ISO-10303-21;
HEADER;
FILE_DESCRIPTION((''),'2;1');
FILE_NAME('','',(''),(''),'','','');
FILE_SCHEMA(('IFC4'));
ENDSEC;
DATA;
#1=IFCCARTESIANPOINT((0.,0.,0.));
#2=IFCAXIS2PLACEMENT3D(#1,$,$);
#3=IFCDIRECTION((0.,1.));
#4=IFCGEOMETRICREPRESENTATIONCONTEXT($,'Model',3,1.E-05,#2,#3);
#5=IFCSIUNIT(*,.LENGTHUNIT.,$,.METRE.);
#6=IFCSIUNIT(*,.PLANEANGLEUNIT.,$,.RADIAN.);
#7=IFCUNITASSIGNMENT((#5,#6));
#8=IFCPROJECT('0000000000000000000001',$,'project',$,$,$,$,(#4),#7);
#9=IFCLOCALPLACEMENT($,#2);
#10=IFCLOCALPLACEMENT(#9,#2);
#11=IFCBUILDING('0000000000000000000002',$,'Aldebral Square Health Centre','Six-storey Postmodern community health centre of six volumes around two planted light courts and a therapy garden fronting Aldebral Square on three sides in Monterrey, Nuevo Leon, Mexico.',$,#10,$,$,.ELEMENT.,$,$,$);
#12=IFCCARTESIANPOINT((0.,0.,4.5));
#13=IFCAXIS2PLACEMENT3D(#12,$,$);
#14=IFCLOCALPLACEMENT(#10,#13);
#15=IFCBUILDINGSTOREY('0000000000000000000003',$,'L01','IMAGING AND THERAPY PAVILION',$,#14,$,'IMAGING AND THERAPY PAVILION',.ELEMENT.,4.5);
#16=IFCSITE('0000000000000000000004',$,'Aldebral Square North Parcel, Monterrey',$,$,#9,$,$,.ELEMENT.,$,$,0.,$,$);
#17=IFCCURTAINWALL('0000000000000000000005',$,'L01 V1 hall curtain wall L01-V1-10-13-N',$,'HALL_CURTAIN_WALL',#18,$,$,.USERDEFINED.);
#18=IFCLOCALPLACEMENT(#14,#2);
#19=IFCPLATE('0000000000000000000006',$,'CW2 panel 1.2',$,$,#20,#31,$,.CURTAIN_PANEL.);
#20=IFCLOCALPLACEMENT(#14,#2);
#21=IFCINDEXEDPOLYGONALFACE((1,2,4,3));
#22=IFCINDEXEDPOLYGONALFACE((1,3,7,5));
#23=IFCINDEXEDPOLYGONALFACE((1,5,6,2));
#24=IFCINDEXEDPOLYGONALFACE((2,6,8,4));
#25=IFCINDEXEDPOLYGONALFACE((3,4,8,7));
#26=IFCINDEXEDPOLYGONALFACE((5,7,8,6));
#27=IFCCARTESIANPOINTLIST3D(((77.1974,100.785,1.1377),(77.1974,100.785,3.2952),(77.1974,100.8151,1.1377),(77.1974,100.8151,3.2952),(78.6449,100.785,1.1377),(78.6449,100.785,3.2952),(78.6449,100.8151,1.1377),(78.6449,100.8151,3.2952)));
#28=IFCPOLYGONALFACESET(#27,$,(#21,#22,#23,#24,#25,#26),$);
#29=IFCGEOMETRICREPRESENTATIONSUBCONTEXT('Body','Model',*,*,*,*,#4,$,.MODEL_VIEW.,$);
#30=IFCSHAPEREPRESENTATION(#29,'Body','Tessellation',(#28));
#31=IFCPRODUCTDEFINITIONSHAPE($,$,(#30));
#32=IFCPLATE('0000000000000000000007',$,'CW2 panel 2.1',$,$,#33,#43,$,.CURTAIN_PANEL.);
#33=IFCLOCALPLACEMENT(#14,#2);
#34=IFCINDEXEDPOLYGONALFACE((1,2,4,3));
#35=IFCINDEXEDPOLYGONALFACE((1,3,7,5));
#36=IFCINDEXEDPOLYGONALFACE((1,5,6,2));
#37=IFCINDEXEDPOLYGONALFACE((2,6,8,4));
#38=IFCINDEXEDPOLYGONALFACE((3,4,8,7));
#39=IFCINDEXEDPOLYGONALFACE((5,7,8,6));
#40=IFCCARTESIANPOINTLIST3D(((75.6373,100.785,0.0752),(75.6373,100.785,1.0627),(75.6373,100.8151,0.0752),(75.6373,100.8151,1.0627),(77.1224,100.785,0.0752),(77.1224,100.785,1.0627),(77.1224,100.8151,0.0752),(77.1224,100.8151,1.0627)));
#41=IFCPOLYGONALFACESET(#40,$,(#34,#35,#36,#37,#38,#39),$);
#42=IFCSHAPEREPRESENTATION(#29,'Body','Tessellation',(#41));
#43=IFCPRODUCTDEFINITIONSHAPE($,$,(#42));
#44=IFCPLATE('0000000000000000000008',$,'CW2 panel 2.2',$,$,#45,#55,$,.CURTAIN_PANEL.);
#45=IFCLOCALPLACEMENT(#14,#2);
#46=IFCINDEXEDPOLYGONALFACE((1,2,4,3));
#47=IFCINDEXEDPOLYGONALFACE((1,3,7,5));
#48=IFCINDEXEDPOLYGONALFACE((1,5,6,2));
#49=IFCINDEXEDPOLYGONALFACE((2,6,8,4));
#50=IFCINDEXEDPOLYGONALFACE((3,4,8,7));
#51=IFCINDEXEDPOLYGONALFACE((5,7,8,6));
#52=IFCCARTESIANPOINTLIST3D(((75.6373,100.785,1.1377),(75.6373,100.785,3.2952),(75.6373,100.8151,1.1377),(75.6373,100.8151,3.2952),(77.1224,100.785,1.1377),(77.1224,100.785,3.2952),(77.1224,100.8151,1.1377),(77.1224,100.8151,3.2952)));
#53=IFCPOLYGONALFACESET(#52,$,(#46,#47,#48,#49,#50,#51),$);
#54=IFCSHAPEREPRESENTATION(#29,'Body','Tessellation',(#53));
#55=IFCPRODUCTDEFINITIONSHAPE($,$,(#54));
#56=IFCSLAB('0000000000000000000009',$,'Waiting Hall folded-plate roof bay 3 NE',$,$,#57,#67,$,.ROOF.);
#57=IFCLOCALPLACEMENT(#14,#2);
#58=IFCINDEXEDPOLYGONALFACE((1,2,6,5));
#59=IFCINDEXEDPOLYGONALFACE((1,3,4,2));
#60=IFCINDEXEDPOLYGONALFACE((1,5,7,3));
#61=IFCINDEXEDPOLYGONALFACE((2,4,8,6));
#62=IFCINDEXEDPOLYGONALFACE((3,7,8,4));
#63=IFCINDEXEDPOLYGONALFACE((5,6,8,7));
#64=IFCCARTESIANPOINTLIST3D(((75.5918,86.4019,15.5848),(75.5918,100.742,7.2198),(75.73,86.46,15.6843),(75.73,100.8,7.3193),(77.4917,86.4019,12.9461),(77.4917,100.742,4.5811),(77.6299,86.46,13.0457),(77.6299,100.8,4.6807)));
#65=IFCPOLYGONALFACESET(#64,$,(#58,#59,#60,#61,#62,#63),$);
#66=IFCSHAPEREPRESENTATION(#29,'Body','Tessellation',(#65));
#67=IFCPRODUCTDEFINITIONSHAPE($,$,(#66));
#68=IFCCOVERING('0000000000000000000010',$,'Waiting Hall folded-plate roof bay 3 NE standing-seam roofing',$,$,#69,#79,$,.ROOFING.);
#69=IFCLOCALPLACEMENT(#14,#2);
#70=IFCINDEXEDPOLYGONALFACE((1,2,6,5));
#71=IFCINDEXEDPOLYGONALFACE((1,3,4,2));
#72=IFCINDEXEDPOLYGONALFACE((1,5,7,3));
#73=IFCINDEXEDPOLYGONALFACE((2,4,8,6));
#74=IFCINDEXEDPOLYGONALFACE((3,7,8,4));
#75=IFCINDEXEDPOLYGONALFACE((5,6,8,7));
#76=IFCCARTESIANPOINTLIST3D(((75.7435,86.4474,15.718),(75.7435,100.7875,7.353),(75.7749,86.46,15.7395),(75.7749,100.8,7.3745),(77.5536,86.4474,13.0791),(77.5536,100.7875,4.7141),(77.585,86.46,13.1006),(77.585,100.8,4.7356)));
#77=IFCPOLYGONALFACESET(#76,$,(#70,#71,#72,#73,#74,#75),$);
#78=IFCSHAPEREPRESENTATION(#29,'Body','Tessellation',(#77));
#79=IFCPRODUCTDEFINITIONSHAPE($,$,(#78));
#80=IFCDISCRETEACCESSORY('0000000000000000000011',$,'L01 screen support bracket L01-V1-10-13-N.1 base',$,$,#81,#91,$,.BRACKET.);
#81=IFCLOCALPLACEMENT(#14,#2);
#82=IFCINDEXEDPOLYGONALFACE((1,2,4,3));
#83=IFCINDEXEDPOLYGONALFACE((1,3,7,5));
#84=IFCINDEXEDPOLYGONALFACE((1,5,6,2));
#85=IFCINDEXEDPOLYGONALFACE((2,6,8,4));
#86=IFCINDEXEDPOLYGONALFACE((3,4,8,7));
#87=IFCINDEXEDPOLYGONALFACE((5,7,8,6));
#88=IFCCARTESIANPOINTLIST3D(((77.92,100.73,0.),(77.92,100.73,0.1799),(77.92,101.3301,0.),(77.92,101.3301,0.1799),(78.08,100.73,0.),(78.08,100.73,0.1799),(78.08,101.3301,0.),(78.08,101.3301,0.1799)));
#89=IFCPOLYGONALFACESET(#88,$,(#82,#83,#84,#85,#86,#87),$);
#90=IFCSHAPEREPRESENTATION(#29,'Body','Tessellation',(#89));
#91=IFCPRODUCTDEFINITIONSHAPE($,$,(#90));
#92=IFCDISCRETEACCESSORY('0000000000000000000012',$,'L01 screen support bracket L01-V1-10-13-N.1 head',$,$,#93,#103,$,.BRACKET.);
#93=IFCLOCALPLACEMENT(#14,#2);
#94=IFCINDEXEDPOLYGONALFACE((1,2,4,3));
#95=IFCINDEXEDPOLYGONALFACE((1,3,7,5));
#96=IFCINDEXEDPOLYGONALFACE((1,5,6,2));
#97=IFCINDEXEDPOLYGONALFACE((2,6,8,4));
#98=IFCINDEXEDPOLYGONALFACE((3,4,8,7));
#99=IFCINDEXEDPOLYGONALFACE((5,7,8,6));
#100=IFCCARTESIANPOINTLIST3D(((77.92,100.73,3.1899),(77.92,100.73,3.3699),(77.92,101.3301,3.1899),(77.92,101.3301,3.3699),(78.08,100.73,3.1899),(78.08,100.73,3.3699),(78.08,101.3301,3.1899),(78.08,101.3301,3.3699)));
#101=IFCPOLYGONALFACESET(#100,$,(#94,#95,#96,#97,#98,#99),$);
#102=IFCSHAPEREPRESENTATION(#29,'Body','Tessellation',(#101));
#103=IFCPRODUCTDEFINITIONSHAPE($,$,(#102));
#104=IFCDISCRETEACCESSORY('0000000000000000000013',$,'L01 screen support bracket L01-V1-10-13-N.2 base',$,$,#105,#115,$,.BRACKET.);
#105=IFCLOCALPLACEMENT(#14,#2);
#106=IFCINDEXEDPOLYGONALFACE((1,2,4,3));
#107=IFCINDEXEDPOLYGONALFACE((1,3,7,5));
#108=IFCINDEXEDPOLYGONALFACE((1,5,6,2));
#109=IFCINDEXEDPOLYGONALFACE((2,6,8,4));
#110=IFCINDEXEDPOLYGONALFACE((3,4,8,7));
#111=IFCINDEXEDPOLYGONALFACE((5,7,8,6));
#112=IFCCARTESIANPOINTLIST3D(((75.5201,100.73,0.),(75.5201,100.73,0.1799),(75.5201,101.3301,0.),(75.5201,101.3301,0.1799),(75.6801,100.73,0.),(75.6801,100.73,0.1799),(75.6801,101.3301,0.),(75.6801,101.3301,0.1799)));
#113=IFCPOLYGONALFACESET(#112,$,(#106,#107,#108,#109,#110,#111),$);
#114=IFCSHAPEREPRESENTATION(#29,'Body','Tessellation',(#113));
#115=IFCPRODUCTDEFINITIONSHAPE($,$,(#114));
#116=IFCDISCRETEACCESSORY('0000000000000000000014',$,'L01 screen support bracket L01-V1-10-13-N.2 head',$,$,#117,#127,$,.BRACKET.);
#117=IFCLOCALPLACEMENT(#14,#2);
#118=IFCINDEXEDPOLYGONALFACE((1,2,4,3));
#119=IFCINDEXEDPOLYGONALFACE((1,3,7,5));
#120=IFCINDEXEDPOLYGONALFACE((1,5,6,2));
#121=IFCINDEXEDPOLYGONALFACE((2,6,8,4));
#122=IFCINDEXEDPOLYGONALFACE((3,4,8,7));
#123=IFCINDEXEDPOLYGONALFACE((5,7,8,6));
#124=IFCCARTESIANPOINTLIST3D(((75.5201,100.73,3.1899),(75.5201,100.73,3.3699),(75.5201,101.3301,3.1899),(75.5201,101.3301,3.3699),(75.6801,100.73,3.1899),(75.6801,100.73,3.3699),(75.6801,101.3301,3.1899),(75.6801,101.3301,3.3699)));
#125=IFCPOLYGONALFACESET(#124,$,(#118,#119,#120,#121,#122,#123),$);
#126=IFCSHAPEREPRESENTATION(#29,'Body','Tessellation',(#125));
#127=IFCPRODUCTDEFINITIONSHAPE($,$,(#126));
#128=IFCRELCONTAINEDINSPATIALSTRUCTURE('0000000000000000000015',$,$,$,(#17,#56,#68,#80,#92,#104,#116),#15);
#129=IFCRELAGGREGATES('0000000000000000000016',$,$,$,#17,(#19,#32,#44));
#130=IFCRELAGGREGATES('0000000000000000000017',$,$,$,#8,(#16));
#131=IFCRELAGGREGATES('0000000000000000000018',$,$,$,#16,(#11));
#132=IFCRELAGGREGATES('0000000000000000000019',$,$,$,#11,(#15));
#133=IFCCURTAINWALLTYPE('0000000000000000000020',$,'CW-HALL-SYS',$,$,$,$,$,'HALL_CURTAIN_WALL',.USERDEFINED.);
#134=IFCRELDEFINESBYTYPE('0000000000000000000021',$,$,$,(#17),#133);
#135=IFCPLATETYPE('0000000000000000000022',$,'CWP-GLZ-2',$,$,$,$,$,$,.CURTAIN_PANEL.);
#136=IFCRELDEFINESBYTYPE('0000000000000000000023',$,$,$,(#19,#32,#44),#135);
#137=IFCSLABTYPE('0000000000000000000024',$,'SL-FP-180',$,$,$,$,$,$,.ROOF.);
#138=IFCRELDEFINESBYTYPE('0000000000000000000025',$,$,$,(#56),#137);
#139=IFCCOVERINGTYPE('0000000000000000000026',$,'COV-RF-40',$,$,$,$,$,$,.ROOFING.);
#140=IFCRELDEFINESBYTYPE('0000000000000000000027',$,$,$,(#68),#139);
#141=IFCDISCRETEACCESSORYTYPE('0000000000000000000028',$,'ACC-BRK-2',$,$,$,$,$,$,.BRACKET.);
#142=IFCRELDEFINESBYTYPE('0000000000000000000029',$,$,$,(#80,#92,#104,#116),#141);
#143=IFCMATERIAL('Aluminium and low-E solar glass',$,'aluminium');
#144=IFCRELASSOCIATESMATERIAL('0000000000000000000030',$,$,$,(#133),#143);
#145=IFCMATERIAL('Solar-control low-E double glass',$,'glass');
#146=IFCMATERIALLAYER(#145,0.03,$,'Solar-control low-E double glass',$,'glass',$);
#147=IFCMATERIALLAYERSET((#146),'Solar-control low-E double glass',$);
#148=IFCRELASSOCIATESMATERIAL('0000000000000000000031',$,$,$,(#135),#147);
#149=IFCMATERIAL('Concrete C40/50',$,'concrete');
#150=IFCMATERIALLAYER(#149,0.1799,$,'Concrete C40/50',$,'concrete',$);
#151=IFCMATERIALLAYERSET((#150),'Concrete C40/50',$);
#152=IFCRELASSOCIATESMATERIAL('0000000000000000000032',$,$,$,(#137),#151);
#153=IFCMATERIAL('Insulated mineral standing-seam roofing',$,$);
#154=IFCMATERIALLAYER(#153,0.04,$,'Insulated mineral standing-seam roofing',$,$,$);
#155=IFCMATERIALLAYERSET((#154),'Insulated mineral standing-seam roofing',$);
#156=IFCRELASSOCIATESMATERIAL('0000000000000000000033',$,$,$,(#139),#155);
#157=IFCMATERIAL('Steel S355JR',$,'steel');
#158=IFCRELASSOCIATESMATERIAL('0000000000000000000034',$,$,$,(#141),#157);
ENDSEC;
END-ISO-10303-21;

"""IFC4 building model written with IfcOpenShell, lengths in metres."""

from ifc_helpers import new_model, si_unit, direction, frame, origin, origin_2d, place, context, subcontext, project, spatial, polyline, rectangle, outline, extrude, material, layer, layer_set, type_object, element, aggregate, save


model = new_model("IFC4")

# Units and contexts
model_context = context("Model", 3, precision=1e-05, world=origin(), true_north=direction((0.0, 1.0)))
body_context = subcontext(model_context, "Body", "Model", "MODEL_VIEW")
ifc_project = project(units=[si_unit("LENGTHUNIT", "METRE"), si_unit("PLANEANGLEUNIT", "RADIAN")], contexts=[model_context])

# Site, building, storey
site_placement = place(None, origin())
site = spatial("IfcSite", under=ifc_project, at=site_placement, Name="Aldebral Square North Parcel, Monterrey", CompositionType="ELEMENT", RefElevation=0.0)
building_placement = place(site_placement, origin())
building = spatial("IfcBuilding", under=site, at=building_placement, Name="Aldebral Square Health Centre", Description="Six-storey Postmodern community health centre of six volumes around two planted light courts and a therapy garden fronting Aldebral Square on three sides in Monterrey, Nuevo Leon, Mexico.", CompositionType="ELEMENT")
storey_placement = place(building_placement, frame((0.0, 0.0, 4.5)))
storey = spatial("IfcBuildingStorey", under=building, at=storey_placement, Name="L01", Description="IMAGING AND THERAPY PAVILION", LongName="IMAGING AND THERAPY PAVILION", CompositionType="ELEMENT", Elevation=4.5)

# Shared definitions
ifc_material_1 = material(Name="Concrete C40/50", Category="concrete")

# Curtain wall, plates
ifc_material_2 = material(Name="Aluminium and low-E solar glass", Category="aluminium")
curtain_wall_type = type_object("IfcCurtainWallType", Name="CW-HALL-SYS", ElementType="HALL_CURTAIN_WALL", PredefinedType="USERDEFINED", material=ifc_material_2)
curtain_wall_placement = place(storey_placement, origin())
curtain_wall = element("IfcCurtainWall", 1, at=curtain_wall_placement, inside=storey, type_object=curtain_wall_type, Name="L01 V1 hall curtain wall L01-V1-10-13-N", ObjectType="HALL_CURTAIN_WALL", PredefinedType="USERDEFINED")
ifc_material_3 = material(Name="Solar-control low-E double glass", Category="glass")
ifc_layer_1 = layer(ifc_material_3, 0.03, Name="Solar-control low-E double glass", Category="glass")
ifc_layer_set_1 = layer_set([ifc_layer_1], Name="Solar-control low-E double glass")
plate_type = type_object("IfcPlateType", Name="CWP-GLZ-2", PredefinedType="CURTAIN_PANEL", material=ifc_layer_set_1)
plate_1_placement = place(storey_placement, frame((77.9211, 100.8, 1.1377), z_axis=(0.0, 0.0, 1.0), x_axis=(-1.0, 0.0, 0.0)))
plate_1 = element("IfcPlate", 2, at=plate_1_placement, type_object=plate_type, Name="CW2 panel 1.2", PredefinedType="CURTAIN_PANEL", context=body_context, shape_type="SweptSolid", body=[
    extrude(rectangle(XDim=1.4475, YDim=0.03, at=origin_2d()), origin(), (0.0, 0.0, 1.0), 2.1575),
])
plate_2_placement = place(storey_placement, frame((76.3799, 100.8, 0.0752), z_axis=(0.0, 0.0, 1.0), x_axis=(-1.0, 0.0, 0.0)))
plate_2 = element("IfcPlate", 3, at=plate_2_placement, type_object=plate_type, Name="CW2 panel 2.1", PredefinedType="CURTAIN_PANEL", context=body_context, shape_type="SweptSolid", body=[
    extrude(rectangle(XDim=1.4851, YDim=0.03, at=origin_2d()), origin(), (0.0, 0.0, 1.0), 0.9875),
])
plate_3_placement = place(storey_placement, frame((76.3799, 100.8, 1.1377), z_axis=(0.0, 0.0, 1.0), x_axis=(-1.0, 0.0, 0.0)))
plate_3 = element("IfcPlate", 4, at=plate_3_placement, type_object=plate_type, Name="CW2 panel 2.2", PredefinedType="CURTAIN_PANEL", context=body_context, shape_type="SweptSolid", body=[
    extrude(rectangle(XDim=1.4851, YDim=0.03, at=origin_2d()), origin(), (0.0, 0.0, 1.0), 2.1575),
])
aggregate(curtain_wall, [plate_1, plate_2, plate_3])

# Slab
ifc_layer_2 = layer(ifc_material_1, 0.1799, Name="Concrete C40/50", Category="concrete")
ifc_layer_set_2 = layer_set([ifc_layer_2], Name="Concrete C40/50")
slab_type = type_object("IfcSlabType", Name="SL-FP-180", PredefinedType="ROOF", material=ifc_layer_set_2)
slab_placement = place(storey_placement, frame((77.6299, 100.8, 4.6807), z_axis=(0.768132, 0.322623, 0.553072), x_axis=(-0.584317, 0.0, 0.811526)))
element("IfcSlab", 5, at=slab_placement, inside=storey, type_object=slab_type, Name="Waiting Hall folded-plate roof bay 3 NE", PredefinedType="ROOF", context=body_context, shape_type="SweptSolid", body=[
    extrude(outline(polyline([(0.0, 0.0), (3.2515, 0.0), (10.0399, 15.1502), (6.7884, 15.1502), (0.0, 0.0)])), origin(), (0.0, 0.0, -1.0), 0.1799),
])

# Covering
ifc_material_4 = material(Name="Insulated mineral standing-seam roofing")
ifc_layer_3 = layer(ifc_material_4, 0.04, Name="Insulated mineral standing-seam roofing")
ifc_layer_set_3 = layer_set([ifc_layer_3], Name="Insulated mineral standing-seam roofing")
covering_type_1 = type_object("IfcCoveringType", Name="COV-RF-40", PredefinedType="ROOFING", material=ifc_layer_set_3)
covering_1_placement = place(storey_placement, frame((77.585, 100.8, 4.7356), z_axis=(0.783126, 0.313337, 0.537154), x_axis=(-0.565638, 0.0, 0.824654)))
element("IfcCovering", 6, at=covering_1_placement, inside=storey, type_object=covering_type_1, Name="Waiting Hall folded-plate roof bay 3 NE standing-seam roofing", PredefinedType="ROOFING", context=body_context, shape_type="SweptSolid", body=[
    extrude(outline(polyline([(0.0, 0.0), (3.2, 0.0), (10.0982, 15.1005), (6.8982, 15.1005), (0.0, 0.0)])), origin(), (0.0, 0.0, -1.0), 0.04),
])

# Discrete accessories
ifc_material_5 = material(Name="Steel S355JR", Category="steel")
discrete_accessory_type = type_object("IfcDiscreteAccessoryType", Name="ACC-BRK-2", PredefinedType="BRACKET", material=ifc_material_5)
for number, where, z_axis, x_axis, name in (
    (7, (78.0, 101.03, 0.0), (0.0, 0.0, 1.0), (1.0, 0.0, 0.0), "L01 screen support bracket L01-V1-10-13-N.1 base"),
    (8, (78.0, 101.03, 3.1899), (0.0, 0.0, 1.0), (1.0, 0.0, 0.0), "L01 screen support bracket L01-V1-10-13-N.1 head"),
    (9, (75.6001, 101.03, 0.0), (0.0, 0.0, 1.0), (1.0, 0.0, 0.0), "L01 screen support bracket L01-V1-10-13-N.2 base"),
    (10, (75.6001, 101.03, 3.1899), (0.0, 0.0, 1.0), (1.0, 0.0, 0.0), "L01 screen support bracket L01-V1-10-13-N.2 head"),
):
    element("IfcDiscreteAccessory", number, at=place(storey_placement, frame(where, z_axis=z_axis, x_axis=x_axis)), inside=storey, type_object=discrete_accessory_type, Name=name, PredefinedType="BRACKET", context=body_context, shape_type="SweptSolid", body=[
        extrude(rectangle(XDim=0.1599, YDim=0.6001, at=origin_2d()), origin(), (0.0, 0.0, 1.0), 0.1799),
    ])

save(model, "model.ifc")
